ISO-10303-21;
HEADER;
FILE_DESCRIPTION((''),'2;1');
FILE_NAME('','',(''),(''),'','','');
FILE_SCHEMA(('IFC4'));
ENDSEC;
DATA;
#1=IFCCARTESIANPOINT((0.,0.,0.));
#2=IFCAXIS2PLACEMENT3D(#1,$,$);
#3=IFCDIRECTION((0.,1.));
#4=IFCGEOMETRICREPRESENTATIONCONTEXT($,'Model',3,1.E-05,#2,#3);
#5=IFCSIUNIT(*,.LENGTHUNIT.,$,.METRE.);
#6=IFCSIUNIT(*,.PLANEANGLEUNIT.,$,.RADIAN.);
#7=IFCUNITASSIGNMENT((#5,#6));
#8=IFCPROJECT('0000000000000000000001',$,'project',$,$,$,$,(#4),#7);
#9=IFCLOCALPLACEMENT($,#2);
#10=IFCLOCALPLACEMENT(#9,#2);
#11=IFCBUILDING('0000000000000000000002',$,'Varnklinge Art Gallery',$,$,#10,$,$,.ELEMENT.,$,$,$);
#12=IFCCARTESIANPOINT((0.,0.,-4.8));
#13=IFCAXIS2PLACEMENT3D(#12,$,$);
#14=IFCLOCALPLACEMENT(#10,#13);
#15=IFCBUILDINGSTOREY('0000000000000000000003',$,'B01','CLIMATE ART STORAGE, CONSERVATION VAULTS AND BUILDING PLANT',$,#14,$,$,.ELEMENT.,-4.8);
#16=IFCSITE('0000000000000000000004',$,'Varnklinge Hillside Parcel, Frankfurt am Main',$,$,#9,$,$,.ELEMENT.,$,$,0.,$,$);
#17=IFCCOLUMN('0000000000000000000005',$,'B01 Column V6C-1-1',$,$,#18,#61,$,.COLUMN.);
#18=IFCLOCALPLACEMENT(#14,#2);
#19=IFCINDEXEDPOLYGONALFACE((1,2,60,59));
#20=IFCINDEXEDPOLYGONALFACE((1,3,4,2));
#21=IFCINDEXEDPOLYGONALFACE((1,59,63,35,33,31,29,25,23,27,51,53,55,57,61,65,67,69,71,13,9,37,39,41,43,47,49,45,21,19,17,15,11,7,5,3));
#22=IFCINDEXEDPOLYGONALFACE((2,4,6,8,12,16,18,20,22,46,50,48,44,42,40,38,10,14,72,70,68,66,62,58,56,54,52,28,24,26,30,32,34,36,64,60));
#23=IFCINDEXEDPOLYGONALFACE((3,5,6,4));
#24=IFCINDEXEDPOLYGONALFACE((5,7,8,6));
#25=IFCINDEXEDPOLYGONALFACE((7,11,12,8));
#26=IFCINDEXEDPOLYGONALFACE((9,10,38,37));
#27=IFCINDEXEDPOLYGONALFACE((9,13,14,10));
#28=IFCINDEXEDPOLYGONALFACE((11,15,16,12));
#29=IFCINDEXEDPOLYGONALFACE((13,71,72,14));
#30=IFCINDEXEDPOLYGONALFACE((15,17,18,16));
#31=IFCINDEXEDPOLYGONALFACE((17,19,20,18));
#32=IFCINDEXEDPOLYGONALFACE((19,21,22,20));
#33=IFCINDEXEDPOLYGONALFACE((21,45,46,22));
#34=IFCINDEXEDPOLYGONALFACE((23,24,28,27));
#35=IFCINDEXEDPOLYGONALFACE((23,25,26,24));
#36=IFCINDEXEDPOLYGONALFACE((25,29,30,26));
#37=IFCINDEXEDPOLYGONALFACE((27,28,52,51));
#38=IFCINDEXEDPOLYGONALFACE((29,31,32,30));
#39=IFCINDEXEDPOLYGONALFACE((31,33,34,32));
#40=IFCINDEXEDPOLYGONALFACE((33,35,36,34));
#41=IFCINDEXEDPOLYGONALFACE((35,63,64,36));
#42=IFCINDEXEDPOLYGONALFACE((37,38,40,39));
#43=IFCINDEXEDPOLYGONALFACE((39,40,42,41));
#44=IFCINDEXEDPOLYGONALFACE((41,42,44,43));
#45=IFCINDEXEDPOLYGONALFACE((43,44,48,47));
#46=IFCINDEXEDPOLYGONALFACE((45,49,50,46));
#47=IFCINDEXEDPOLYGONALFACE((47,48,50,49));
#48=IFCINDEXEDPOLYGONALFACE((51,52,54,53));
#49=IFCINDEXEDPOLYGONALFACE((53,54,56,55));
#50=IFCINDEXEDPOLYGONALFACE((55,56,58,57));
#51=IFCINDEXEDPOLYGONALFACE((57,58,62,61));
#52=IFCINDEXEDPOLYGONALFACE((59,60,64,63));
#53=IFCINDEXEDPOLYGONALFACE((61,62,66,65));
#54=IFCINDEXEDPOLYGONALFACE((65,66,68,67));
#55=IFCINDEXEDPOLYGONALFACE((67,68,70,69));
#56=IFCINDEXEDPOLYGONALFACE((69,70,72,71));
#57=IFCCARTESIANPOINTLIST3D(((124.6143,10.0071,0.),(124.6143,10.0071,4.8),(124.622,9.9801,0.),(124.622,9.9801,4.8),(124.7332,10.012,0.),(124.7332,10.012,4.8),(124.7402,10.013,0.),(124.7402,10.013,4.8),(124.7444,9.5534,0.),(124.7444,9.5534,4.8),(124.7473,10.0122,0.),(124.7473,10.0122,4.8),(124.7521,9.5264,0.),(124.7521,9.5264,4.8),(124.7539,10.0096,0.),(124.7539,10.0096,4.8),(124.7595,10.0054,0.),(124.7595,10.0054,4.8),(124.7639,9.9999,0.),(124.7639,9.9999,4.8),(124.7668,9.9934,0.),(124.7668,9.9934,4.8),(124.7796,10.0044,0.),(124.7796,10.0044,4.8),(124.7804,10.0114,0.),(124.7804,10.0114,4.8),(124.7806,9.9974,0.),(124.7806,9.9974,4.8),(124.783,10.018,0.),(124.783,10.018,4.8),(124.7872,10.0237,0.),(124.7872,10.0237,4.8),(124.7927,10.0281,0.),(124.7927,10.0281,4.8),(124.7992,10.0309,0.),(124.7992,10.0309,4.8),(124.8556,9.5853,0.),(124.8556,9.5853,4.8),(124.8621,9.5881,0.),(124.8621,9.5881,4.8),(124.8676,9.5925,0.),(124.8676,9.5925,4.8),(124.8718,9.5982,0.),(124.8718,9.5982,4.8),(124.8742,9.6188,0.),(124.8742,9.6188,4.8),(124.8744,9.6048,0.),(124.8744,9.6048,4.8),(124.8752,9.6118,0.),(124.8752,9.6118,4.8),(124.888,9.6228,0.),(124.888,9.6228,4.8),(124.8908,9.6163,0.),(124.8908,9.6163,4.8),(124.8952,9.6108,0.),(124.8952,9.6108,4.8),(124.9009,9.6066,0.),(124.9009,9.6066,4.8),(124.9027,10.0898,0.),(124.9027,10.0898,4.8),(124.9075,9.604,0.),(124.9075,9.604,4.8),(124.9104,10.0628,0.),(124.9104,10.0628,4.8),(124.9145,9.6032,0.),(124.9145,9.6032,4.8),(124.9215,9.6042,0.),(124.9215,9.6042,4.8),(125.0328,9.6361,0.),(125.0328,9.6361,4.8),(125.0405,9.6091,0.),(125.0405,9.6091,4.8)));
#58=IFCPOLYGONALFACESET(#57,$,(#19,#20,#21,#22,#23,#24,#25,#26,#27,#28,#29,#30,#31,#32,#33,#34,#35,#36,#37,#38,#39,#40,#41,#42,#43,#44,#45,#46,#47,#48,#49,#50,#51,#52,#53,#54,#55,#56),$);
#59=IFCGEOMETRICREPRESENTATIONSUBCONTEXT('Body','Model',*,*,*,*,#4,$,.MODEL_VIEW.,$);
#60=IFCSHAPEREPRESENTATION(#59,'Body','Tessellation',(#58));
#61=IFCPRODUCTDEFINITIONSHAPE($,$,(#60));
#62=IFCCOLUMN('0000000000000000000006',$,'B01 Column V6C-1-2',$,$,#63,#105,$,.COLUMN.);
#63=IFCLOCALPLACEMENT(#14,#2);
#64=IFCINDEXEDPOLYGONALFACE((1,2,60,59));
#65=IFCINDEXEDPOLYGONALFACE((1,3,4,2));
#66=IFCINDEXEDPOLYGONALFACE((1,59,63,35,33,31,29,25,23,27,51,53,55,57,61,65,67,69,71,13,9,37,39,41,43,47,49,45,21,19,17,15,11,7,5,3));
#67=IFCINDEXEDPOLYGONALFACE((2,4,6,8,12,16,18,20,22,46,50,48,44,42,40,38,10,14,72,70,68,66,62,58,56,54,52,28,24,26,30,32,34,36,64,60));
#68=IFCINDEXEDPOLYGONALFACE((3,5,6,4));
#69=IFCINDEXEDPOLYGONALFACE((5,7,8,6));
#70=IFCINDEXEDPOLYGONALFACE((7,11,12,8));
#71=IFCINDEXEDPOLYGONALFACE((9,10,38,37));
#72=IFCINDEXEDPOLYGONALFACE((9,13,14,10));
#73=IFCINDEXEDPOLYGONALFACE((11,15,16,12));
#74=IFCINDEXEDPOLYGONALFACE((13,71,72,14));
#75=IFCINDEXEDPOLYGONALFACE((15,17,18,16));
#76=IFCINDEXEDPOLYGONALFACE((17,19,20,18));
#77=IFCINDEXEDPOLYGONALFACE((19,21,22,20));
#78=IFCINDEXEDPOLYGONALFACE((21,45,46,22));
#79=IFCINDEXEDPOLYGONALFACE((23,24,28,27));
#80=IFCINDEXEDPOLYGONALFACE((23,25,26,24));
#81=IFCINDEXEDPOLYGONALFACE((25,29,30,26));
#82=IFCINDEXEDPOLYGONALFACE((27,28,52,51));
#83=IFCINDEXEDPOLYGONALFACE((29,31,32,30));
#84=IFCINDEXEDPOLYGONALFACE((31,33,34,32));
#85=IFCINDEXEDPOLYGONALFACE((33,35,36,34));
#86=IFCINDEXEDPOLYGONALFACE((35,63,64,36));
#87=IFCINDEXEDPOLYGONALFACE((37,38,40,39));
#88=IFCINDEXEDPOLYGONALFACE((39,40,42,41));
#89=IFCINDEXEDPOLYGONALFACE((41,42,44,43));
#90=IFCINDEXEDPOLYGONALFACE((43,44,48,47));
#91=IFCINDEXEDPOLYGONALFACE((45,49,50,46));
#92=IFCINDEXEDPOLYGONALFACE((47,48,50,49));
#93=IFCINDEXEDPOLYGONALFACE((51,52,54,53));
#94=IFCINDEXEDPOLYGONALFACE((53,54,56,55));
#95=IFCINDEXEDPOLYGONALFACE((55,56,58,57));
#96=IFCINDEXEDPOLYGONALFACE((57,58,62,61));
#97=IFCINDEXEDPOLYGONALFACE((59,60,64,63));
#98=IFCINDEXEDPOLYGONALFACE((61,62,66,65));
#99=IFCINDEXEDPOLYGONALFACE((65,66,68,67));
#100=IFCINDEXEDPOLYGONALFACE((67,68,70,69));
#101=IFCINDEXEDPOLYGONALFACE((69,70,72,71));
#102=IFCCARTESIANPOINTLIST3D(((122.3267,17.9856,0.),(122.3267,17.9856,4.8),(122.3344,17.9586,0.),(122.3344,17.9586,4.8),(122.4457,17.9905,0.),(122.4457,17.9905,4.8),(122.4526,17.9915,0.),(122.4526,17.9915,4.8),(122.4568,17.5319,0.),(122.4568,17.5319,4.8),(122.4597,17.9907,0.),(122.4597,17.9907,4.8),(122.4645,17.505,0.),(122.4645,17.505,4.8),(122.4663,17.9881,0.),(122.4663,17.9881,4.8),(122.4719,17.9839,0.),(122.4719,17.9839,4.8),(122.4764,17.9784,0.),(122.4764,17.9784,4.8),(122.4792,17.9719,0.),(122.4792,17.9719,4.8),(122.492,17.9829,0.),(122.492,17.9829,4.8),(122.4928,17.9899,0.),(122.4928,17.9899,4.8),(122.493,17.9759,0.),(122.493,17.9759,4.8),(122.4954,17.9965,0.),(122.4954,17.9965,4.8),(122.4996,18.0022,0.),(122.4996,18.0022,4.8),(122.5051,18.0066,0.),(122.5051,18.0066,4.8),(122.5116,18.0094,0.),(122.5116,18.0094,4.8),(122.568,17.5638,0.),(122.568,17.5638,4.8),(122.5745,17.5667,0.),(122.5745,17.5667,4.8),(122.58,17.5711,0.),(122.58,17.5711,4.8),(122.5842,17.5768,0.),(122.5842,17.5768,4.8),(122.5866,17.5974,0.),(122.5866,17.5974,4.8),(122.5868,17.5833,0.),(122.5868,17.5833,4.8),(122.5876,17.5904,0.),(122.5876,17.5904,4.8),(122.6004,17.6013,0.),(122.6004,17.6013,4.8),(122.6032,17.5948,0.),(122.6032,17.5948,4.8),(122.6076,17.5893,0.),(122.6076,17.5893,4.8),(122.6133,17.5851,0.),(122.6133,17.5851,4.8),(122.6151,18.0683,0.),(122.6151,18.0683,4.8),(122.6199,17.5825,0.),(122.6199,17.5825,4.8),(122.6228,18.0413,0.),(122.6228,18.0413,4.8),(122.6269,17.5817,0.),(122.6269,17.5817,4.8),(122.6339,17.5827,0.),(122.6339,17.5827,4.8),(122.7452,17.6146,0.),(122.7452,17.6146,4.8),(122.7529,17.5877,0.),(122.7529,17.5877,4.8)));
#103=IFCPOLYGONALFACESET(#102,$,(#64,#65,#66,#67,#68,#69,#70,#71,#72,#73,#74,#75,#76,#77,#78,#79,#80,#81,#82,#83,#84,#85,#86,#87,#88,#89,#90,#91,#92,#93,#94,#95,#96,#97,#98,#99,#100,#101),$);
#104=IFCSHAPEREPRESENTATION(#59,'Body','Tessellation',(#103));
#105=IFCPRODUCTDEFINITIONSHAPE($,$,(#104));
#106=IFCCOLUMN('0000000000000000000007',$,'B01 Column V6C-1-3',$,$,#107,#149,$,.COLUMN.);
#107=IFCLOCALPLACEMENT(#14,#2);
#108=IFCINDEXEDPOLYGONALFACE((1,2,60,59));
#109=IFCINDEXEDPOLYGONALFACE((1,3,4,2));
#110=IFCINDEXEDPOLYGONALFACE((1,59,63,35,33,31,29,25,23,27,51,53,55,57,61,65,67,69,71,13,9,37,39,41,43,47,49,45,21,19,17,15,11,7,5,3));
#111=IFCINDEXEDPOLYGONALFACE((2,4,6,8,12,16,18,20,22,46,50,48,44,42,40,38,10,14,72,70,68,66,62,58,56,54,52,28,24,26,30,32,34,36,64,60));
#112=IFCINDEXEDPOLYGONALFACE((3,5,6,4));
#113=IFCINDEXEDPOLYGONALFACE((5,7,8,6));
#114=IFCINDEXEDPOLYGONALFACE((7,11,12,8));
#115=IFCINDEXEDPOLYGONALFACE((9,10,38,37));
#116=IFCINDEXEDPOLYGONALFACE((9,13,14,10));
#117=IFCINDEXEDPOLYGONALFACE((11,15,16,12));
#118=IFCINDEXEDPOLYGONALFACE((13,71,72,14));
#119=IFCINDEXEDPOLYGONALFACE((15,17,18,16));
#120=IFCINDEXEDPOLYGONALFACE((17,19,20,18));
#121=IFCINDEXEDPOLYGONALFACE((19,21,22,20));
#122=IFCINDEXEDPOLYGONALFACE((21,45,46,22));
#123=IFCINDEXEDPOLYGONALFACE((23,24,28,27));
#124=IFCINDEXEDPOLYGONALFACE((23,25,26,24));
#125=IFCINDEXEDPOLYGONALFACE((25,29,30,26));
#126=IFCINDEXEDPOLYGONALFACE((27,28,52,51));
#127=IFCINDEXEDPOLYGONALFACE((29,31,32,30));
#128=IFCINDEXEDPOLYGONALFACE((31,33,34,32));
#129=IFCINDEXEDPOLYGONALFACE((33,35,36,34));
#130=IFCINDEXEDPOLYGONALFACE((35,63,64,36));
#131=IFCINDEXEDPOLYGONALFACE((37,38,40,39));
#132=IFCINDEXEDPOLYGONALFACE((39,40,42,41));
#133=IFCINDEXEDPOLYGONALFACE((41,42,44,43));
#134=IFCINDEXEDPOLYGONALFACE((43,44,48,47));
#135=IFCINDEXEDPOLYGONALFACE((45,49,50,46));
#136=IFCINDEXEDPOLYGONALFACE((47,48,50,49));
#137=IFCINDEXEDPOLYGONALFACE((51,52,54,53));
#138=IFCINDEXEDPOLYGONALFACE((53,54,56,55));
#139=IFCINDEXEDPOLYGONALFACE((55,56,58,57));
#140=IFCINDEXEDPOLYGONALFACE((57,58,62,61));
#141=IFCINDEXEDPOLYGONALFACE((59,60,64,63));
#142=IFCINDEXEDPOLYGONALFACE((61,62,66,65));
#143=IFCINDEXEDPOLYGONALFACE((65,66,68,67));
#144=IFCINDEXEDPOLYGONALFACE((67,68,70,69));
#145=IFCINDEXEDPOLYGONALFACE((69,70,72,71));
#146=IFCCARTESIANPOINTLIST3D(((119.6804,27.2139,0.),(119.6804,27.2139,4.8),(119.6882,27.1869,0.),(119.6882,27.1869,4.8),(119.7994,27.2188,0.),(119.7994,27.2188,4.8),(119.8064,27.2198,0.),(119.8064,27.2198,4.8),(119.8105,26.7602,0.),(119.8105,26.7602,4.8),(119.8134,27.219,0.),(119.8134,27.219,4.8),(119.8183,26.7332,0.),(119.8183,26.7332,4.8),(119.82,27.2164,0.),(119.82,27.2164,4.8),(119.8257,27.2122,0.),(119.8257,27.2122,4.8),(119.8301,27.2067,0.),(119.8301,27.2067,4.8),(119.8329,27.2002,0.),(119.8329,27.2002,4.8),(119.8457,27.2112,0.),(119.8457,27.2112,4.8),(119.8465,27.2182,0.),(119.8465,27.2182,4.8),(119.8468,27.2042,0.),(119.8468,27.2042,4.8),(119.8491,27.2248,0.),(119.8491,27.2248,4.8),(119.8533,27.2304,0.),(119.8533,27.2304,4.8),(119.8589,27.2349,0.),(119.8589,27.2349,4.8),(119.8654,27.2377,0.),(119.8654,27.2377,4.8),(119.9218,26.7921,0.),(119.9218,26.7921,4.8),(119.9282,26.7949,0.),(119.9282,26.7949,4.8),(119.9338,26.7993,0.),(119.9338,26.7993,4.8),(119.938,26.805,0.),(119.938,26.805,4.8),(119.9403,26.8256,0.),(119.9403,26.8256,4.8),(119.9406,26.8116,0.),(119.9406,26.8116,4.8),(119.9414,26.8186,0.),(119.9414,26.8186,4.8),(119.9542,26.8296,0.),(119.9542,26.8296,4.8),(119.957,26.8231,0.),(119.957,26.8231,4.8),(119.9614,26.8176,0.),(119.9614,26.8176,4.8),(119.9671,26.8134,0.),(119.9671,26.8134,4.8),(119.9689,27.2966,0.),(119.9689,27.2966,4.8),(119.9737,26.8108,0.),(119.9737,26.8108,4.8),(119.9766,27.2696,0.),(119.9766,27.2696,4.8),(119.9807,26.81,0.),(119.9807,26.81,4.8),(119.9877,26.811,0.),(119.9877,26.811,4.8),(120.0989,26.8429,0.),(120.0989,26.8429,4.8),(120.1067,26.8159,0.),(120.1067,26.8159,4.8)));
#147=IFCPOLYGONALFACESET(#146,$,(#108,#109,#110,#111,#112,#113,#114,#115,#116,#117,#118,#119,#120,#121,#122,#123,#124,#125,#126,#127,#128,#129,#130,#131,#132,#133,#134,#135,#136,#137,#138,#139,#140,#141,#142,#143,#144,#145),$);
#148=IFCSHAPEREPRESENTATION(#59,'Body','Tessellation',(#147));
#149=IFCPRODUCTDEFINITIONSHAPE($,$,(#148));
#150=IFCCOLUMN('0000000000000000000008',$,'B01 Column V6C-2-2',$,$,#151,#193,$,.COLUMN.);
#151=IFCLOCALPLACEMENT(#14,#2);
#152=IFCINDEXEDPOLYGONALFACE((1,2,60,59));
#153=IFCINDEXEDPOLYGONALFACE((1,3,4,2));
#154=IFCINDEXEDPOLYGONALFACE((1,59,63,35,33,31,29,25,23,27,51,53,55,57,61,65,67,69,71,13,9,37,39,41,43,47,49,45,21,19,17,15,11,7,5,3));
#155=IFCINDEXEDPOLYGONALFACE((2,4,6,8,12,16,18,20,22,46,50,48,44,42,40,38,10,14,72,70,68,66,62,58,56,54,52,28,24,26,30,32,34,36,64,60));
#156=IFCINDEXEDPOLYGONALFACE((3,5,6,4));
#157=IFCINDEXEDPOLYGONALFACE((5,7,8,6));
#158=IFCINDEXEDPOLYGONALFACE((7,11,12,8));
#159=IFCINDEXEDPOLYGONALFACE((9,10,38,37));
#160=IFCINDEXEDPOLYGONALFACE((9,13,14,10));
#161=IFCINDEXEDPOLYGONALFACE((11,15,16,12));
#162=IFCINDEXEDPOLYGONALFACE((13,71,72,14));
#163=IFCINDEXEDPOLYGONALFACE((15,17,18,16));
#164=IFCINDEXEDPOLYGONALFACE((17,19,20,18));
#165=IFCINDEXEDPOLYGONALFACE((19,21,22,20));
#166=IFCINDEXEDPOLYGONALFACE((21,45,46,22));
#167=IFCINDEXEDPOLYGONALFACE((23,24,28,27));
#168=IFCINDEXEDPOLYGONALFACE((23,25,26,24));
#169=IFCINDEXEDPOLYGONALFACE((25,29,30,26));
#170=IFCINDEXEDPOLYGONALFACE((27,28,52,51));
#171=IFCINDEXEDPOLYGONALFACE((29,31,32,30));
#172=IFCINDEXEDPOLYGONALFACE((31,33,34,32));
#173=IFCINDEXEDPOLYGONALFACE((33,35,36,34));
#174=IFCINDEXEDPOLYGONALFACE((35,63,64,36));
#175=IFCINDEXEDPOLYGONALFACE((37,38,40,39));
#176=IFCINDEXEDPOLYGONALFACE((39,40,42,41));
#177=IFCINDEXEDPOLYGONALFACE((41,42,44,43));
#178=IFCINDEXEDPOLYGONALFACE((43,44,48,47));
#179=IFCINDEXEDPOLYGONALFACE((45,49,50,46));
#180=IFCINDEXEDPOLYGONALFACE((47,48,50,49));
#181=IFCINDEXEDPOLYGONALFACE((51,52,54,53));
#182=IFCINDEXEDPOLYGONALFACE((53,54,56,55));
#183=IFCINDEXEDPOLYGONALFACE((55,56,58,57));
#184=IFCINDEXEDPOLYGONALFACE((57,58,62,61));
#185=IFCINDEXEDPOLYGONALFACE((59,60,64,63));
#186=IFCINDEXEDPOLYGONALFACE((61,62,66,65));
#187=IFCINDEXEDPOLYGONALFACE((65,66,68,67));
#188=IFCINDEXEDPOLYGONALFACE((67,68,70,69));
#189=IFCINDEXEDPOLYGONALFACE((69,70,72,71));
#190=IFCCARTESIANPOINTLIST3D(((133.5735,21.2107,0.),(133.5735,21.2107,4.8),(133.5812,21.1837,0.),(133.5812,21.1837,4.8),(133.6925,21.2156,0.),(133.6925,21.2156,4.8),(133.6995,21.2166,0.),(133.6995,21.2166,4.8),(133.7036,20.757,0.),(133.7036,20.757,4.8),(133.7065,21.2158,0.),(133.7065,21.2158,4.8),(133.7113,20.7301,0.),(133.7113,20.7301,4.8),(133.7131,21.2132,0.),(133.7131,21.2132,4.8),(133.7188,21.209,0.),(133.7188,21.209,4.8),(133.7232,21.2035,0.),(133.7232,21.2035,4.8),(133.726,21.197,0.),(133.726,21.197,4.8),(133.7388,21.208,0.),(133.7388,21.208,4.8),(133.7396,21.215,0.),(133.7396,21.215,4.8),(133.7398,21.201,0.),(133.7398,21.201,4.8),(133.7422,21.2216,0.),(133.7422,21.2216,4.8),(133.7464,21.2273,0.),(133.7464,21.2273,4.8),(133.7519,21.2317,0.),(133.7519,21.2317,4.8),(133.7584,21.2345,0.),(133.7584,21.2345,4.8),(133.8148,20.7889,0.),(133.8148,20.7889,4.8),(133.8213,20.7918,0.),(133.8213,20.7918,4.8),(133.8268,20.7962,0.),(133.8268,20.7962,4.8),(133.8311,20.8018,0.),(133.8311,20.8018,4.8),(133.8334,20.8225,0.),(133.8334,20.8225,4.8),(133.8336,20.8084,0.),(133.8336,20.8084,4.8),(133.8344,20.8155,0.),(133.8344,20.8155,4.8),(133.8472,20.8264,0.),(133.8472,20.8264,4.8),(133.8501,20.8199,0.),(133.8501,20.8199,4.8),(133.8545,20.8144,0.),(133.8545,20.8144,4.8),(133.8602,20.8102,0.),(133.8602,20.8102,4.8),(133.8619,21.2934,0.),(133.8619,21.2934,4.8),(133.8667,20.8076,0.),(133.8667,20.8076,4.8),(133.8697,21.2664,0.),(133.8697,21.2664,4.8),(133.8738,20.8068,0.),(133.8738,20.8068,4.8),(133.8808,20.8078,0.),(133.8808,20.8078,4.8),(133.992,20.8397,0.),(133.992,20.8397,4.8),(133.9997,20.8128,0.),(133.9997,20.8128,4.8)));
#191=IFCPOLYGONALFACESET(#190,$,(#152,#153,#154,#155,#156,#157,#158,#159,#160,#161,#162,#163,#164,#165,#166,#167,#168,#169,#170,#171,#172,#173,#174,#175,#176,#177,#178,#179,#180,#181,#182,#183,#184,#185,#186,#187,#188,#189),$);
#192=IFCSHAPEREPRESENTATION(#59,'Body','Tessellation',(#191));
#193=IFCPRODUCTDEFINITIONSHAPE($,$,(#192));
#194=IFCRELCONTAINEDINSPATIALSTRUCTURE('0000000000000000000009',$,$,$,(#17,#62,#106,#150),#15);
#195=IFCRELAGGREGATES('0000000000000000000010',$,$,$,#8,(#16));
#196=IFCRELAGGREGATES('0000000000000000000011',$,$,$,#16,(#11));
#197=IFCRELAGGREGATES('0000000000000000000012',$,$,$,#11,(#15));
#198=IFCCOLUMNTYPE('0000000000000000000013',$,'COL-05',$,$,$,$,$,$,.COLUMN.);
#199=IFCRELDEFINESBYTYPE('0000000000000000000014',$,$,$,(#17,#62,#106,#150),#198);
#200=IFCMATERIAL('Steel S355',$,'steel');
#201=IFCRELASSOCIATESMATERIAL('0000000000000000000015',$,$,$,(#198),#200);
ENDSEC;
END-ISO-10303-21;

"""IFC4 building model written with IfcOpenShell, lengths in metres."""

from ifc_helpers import new_model, si_unit, direction, frame, origin, origin_2d, place, context, subcontext, project, spatial, i_section, extrude, material, material_profile, profile_set, type_object, element, save


model = new_model("IFC4")

# Units and contexts
model_context = context("Model", 3, precision=1e-05, world=origin(), true_north=direction((0.0, 1.0)))
body_context = subcontext(model_context, "Body", "Model", "MODEL_VIEW")
ifc_project = project(units=[si_unit("LENGTHUNIT", "METRE"), si_unit("PLANEANGLEUNIT", "RADIAN")], contexts=[model_context])

# Site, building, storey
site_placement = place(None, origin())
site = spatial("IfcSite", under=ifc_project, at=site_placement, Name="Varnklinge Hillside Parcel, Frankfurt am Main", CompositionType="ELEMENT", RefElevation=0.0)
building_placement = place(site_placement, origin())
building = spatial("IfcBuilding", under=site, at=building_placement, Name="Varnklinge Art Gallery", CompositionType="ELEMENT")
storey_placement = place(building_placement, frame((0.0, 0.0, -4.8)))
storey = spatial("IfcBuildingStorey", under=building, at=storey_placement, Name="B01", Description="CLIMATE ART STORAGE, CONSERVATION VAULTS AND BUILDING PLANT", CompositionType="ELEMENT", Elevation=-4.8)

# Columns
ifc_material_1 = material(Name="Steel S355", Category="steel")
ifc_material_profile_1 = material_profile(ifc_material_1, i_section(OverallWidth=0.3, OverallDepth=0.5, WebThickness=0.0144, FlangeThickness=0.0281, FilletRadius=0.0271, at=origin_2d()), Name="HEB 500")
ifc_profile_set_1 = profile_set([ifc_material_profile_1], Name="Steel S355")
column_type_1 = type_object("IfcColumnType", Name="COL-05", PredefinedType="COLUMN", material=ifc_profile_set_1)
for number, where, z_axis, x_axis, name in (
    (1, (124.8274, 9.8081, 0.0), (0.0, 0.0, 1.0), (0.961262, 0.275637, 0.0), "B01 Column V6C-1-1"),
    (2, (122.5398, 17.7866, 0.0), (0.0, 0.0, 1.0), (0.961262, 0.275637, 0.0), "B01 Column V6C-1-2"),
    (3, (119.8936, 27.0149, 0.0), (0.0, 0.0, 1.0), (0.961262, 0.275637, 0.0), "B01 Column V6C-1-3"),
    (4, (133.7866, 21.0117, 0.0), (0.0, 0.0, 1.0), (0.961262, 0.275637, 0.0), "B01 Column V6C-2-2"),
):
    element("IfcColumn", number, at=place(storey_placement, frame(where, z_axis=z_axis, x_axis=x_axis)), inside=storey, type_object=column_type_1, Name=name, PredefinedType="COLUMN", context=body_context, shape_type="SweptSolid", body=[
        extrude(i_section(OverallWidth=0.3, OverallDepth=0.5, WebThickness=0.0144, FlangeThickness=0.0281, FilletRadius=0.0271, at=origin_2d()), origin(), (0.0, 0.0, 1.0), 4.8),
    ])

save(model, "model.ifc")
